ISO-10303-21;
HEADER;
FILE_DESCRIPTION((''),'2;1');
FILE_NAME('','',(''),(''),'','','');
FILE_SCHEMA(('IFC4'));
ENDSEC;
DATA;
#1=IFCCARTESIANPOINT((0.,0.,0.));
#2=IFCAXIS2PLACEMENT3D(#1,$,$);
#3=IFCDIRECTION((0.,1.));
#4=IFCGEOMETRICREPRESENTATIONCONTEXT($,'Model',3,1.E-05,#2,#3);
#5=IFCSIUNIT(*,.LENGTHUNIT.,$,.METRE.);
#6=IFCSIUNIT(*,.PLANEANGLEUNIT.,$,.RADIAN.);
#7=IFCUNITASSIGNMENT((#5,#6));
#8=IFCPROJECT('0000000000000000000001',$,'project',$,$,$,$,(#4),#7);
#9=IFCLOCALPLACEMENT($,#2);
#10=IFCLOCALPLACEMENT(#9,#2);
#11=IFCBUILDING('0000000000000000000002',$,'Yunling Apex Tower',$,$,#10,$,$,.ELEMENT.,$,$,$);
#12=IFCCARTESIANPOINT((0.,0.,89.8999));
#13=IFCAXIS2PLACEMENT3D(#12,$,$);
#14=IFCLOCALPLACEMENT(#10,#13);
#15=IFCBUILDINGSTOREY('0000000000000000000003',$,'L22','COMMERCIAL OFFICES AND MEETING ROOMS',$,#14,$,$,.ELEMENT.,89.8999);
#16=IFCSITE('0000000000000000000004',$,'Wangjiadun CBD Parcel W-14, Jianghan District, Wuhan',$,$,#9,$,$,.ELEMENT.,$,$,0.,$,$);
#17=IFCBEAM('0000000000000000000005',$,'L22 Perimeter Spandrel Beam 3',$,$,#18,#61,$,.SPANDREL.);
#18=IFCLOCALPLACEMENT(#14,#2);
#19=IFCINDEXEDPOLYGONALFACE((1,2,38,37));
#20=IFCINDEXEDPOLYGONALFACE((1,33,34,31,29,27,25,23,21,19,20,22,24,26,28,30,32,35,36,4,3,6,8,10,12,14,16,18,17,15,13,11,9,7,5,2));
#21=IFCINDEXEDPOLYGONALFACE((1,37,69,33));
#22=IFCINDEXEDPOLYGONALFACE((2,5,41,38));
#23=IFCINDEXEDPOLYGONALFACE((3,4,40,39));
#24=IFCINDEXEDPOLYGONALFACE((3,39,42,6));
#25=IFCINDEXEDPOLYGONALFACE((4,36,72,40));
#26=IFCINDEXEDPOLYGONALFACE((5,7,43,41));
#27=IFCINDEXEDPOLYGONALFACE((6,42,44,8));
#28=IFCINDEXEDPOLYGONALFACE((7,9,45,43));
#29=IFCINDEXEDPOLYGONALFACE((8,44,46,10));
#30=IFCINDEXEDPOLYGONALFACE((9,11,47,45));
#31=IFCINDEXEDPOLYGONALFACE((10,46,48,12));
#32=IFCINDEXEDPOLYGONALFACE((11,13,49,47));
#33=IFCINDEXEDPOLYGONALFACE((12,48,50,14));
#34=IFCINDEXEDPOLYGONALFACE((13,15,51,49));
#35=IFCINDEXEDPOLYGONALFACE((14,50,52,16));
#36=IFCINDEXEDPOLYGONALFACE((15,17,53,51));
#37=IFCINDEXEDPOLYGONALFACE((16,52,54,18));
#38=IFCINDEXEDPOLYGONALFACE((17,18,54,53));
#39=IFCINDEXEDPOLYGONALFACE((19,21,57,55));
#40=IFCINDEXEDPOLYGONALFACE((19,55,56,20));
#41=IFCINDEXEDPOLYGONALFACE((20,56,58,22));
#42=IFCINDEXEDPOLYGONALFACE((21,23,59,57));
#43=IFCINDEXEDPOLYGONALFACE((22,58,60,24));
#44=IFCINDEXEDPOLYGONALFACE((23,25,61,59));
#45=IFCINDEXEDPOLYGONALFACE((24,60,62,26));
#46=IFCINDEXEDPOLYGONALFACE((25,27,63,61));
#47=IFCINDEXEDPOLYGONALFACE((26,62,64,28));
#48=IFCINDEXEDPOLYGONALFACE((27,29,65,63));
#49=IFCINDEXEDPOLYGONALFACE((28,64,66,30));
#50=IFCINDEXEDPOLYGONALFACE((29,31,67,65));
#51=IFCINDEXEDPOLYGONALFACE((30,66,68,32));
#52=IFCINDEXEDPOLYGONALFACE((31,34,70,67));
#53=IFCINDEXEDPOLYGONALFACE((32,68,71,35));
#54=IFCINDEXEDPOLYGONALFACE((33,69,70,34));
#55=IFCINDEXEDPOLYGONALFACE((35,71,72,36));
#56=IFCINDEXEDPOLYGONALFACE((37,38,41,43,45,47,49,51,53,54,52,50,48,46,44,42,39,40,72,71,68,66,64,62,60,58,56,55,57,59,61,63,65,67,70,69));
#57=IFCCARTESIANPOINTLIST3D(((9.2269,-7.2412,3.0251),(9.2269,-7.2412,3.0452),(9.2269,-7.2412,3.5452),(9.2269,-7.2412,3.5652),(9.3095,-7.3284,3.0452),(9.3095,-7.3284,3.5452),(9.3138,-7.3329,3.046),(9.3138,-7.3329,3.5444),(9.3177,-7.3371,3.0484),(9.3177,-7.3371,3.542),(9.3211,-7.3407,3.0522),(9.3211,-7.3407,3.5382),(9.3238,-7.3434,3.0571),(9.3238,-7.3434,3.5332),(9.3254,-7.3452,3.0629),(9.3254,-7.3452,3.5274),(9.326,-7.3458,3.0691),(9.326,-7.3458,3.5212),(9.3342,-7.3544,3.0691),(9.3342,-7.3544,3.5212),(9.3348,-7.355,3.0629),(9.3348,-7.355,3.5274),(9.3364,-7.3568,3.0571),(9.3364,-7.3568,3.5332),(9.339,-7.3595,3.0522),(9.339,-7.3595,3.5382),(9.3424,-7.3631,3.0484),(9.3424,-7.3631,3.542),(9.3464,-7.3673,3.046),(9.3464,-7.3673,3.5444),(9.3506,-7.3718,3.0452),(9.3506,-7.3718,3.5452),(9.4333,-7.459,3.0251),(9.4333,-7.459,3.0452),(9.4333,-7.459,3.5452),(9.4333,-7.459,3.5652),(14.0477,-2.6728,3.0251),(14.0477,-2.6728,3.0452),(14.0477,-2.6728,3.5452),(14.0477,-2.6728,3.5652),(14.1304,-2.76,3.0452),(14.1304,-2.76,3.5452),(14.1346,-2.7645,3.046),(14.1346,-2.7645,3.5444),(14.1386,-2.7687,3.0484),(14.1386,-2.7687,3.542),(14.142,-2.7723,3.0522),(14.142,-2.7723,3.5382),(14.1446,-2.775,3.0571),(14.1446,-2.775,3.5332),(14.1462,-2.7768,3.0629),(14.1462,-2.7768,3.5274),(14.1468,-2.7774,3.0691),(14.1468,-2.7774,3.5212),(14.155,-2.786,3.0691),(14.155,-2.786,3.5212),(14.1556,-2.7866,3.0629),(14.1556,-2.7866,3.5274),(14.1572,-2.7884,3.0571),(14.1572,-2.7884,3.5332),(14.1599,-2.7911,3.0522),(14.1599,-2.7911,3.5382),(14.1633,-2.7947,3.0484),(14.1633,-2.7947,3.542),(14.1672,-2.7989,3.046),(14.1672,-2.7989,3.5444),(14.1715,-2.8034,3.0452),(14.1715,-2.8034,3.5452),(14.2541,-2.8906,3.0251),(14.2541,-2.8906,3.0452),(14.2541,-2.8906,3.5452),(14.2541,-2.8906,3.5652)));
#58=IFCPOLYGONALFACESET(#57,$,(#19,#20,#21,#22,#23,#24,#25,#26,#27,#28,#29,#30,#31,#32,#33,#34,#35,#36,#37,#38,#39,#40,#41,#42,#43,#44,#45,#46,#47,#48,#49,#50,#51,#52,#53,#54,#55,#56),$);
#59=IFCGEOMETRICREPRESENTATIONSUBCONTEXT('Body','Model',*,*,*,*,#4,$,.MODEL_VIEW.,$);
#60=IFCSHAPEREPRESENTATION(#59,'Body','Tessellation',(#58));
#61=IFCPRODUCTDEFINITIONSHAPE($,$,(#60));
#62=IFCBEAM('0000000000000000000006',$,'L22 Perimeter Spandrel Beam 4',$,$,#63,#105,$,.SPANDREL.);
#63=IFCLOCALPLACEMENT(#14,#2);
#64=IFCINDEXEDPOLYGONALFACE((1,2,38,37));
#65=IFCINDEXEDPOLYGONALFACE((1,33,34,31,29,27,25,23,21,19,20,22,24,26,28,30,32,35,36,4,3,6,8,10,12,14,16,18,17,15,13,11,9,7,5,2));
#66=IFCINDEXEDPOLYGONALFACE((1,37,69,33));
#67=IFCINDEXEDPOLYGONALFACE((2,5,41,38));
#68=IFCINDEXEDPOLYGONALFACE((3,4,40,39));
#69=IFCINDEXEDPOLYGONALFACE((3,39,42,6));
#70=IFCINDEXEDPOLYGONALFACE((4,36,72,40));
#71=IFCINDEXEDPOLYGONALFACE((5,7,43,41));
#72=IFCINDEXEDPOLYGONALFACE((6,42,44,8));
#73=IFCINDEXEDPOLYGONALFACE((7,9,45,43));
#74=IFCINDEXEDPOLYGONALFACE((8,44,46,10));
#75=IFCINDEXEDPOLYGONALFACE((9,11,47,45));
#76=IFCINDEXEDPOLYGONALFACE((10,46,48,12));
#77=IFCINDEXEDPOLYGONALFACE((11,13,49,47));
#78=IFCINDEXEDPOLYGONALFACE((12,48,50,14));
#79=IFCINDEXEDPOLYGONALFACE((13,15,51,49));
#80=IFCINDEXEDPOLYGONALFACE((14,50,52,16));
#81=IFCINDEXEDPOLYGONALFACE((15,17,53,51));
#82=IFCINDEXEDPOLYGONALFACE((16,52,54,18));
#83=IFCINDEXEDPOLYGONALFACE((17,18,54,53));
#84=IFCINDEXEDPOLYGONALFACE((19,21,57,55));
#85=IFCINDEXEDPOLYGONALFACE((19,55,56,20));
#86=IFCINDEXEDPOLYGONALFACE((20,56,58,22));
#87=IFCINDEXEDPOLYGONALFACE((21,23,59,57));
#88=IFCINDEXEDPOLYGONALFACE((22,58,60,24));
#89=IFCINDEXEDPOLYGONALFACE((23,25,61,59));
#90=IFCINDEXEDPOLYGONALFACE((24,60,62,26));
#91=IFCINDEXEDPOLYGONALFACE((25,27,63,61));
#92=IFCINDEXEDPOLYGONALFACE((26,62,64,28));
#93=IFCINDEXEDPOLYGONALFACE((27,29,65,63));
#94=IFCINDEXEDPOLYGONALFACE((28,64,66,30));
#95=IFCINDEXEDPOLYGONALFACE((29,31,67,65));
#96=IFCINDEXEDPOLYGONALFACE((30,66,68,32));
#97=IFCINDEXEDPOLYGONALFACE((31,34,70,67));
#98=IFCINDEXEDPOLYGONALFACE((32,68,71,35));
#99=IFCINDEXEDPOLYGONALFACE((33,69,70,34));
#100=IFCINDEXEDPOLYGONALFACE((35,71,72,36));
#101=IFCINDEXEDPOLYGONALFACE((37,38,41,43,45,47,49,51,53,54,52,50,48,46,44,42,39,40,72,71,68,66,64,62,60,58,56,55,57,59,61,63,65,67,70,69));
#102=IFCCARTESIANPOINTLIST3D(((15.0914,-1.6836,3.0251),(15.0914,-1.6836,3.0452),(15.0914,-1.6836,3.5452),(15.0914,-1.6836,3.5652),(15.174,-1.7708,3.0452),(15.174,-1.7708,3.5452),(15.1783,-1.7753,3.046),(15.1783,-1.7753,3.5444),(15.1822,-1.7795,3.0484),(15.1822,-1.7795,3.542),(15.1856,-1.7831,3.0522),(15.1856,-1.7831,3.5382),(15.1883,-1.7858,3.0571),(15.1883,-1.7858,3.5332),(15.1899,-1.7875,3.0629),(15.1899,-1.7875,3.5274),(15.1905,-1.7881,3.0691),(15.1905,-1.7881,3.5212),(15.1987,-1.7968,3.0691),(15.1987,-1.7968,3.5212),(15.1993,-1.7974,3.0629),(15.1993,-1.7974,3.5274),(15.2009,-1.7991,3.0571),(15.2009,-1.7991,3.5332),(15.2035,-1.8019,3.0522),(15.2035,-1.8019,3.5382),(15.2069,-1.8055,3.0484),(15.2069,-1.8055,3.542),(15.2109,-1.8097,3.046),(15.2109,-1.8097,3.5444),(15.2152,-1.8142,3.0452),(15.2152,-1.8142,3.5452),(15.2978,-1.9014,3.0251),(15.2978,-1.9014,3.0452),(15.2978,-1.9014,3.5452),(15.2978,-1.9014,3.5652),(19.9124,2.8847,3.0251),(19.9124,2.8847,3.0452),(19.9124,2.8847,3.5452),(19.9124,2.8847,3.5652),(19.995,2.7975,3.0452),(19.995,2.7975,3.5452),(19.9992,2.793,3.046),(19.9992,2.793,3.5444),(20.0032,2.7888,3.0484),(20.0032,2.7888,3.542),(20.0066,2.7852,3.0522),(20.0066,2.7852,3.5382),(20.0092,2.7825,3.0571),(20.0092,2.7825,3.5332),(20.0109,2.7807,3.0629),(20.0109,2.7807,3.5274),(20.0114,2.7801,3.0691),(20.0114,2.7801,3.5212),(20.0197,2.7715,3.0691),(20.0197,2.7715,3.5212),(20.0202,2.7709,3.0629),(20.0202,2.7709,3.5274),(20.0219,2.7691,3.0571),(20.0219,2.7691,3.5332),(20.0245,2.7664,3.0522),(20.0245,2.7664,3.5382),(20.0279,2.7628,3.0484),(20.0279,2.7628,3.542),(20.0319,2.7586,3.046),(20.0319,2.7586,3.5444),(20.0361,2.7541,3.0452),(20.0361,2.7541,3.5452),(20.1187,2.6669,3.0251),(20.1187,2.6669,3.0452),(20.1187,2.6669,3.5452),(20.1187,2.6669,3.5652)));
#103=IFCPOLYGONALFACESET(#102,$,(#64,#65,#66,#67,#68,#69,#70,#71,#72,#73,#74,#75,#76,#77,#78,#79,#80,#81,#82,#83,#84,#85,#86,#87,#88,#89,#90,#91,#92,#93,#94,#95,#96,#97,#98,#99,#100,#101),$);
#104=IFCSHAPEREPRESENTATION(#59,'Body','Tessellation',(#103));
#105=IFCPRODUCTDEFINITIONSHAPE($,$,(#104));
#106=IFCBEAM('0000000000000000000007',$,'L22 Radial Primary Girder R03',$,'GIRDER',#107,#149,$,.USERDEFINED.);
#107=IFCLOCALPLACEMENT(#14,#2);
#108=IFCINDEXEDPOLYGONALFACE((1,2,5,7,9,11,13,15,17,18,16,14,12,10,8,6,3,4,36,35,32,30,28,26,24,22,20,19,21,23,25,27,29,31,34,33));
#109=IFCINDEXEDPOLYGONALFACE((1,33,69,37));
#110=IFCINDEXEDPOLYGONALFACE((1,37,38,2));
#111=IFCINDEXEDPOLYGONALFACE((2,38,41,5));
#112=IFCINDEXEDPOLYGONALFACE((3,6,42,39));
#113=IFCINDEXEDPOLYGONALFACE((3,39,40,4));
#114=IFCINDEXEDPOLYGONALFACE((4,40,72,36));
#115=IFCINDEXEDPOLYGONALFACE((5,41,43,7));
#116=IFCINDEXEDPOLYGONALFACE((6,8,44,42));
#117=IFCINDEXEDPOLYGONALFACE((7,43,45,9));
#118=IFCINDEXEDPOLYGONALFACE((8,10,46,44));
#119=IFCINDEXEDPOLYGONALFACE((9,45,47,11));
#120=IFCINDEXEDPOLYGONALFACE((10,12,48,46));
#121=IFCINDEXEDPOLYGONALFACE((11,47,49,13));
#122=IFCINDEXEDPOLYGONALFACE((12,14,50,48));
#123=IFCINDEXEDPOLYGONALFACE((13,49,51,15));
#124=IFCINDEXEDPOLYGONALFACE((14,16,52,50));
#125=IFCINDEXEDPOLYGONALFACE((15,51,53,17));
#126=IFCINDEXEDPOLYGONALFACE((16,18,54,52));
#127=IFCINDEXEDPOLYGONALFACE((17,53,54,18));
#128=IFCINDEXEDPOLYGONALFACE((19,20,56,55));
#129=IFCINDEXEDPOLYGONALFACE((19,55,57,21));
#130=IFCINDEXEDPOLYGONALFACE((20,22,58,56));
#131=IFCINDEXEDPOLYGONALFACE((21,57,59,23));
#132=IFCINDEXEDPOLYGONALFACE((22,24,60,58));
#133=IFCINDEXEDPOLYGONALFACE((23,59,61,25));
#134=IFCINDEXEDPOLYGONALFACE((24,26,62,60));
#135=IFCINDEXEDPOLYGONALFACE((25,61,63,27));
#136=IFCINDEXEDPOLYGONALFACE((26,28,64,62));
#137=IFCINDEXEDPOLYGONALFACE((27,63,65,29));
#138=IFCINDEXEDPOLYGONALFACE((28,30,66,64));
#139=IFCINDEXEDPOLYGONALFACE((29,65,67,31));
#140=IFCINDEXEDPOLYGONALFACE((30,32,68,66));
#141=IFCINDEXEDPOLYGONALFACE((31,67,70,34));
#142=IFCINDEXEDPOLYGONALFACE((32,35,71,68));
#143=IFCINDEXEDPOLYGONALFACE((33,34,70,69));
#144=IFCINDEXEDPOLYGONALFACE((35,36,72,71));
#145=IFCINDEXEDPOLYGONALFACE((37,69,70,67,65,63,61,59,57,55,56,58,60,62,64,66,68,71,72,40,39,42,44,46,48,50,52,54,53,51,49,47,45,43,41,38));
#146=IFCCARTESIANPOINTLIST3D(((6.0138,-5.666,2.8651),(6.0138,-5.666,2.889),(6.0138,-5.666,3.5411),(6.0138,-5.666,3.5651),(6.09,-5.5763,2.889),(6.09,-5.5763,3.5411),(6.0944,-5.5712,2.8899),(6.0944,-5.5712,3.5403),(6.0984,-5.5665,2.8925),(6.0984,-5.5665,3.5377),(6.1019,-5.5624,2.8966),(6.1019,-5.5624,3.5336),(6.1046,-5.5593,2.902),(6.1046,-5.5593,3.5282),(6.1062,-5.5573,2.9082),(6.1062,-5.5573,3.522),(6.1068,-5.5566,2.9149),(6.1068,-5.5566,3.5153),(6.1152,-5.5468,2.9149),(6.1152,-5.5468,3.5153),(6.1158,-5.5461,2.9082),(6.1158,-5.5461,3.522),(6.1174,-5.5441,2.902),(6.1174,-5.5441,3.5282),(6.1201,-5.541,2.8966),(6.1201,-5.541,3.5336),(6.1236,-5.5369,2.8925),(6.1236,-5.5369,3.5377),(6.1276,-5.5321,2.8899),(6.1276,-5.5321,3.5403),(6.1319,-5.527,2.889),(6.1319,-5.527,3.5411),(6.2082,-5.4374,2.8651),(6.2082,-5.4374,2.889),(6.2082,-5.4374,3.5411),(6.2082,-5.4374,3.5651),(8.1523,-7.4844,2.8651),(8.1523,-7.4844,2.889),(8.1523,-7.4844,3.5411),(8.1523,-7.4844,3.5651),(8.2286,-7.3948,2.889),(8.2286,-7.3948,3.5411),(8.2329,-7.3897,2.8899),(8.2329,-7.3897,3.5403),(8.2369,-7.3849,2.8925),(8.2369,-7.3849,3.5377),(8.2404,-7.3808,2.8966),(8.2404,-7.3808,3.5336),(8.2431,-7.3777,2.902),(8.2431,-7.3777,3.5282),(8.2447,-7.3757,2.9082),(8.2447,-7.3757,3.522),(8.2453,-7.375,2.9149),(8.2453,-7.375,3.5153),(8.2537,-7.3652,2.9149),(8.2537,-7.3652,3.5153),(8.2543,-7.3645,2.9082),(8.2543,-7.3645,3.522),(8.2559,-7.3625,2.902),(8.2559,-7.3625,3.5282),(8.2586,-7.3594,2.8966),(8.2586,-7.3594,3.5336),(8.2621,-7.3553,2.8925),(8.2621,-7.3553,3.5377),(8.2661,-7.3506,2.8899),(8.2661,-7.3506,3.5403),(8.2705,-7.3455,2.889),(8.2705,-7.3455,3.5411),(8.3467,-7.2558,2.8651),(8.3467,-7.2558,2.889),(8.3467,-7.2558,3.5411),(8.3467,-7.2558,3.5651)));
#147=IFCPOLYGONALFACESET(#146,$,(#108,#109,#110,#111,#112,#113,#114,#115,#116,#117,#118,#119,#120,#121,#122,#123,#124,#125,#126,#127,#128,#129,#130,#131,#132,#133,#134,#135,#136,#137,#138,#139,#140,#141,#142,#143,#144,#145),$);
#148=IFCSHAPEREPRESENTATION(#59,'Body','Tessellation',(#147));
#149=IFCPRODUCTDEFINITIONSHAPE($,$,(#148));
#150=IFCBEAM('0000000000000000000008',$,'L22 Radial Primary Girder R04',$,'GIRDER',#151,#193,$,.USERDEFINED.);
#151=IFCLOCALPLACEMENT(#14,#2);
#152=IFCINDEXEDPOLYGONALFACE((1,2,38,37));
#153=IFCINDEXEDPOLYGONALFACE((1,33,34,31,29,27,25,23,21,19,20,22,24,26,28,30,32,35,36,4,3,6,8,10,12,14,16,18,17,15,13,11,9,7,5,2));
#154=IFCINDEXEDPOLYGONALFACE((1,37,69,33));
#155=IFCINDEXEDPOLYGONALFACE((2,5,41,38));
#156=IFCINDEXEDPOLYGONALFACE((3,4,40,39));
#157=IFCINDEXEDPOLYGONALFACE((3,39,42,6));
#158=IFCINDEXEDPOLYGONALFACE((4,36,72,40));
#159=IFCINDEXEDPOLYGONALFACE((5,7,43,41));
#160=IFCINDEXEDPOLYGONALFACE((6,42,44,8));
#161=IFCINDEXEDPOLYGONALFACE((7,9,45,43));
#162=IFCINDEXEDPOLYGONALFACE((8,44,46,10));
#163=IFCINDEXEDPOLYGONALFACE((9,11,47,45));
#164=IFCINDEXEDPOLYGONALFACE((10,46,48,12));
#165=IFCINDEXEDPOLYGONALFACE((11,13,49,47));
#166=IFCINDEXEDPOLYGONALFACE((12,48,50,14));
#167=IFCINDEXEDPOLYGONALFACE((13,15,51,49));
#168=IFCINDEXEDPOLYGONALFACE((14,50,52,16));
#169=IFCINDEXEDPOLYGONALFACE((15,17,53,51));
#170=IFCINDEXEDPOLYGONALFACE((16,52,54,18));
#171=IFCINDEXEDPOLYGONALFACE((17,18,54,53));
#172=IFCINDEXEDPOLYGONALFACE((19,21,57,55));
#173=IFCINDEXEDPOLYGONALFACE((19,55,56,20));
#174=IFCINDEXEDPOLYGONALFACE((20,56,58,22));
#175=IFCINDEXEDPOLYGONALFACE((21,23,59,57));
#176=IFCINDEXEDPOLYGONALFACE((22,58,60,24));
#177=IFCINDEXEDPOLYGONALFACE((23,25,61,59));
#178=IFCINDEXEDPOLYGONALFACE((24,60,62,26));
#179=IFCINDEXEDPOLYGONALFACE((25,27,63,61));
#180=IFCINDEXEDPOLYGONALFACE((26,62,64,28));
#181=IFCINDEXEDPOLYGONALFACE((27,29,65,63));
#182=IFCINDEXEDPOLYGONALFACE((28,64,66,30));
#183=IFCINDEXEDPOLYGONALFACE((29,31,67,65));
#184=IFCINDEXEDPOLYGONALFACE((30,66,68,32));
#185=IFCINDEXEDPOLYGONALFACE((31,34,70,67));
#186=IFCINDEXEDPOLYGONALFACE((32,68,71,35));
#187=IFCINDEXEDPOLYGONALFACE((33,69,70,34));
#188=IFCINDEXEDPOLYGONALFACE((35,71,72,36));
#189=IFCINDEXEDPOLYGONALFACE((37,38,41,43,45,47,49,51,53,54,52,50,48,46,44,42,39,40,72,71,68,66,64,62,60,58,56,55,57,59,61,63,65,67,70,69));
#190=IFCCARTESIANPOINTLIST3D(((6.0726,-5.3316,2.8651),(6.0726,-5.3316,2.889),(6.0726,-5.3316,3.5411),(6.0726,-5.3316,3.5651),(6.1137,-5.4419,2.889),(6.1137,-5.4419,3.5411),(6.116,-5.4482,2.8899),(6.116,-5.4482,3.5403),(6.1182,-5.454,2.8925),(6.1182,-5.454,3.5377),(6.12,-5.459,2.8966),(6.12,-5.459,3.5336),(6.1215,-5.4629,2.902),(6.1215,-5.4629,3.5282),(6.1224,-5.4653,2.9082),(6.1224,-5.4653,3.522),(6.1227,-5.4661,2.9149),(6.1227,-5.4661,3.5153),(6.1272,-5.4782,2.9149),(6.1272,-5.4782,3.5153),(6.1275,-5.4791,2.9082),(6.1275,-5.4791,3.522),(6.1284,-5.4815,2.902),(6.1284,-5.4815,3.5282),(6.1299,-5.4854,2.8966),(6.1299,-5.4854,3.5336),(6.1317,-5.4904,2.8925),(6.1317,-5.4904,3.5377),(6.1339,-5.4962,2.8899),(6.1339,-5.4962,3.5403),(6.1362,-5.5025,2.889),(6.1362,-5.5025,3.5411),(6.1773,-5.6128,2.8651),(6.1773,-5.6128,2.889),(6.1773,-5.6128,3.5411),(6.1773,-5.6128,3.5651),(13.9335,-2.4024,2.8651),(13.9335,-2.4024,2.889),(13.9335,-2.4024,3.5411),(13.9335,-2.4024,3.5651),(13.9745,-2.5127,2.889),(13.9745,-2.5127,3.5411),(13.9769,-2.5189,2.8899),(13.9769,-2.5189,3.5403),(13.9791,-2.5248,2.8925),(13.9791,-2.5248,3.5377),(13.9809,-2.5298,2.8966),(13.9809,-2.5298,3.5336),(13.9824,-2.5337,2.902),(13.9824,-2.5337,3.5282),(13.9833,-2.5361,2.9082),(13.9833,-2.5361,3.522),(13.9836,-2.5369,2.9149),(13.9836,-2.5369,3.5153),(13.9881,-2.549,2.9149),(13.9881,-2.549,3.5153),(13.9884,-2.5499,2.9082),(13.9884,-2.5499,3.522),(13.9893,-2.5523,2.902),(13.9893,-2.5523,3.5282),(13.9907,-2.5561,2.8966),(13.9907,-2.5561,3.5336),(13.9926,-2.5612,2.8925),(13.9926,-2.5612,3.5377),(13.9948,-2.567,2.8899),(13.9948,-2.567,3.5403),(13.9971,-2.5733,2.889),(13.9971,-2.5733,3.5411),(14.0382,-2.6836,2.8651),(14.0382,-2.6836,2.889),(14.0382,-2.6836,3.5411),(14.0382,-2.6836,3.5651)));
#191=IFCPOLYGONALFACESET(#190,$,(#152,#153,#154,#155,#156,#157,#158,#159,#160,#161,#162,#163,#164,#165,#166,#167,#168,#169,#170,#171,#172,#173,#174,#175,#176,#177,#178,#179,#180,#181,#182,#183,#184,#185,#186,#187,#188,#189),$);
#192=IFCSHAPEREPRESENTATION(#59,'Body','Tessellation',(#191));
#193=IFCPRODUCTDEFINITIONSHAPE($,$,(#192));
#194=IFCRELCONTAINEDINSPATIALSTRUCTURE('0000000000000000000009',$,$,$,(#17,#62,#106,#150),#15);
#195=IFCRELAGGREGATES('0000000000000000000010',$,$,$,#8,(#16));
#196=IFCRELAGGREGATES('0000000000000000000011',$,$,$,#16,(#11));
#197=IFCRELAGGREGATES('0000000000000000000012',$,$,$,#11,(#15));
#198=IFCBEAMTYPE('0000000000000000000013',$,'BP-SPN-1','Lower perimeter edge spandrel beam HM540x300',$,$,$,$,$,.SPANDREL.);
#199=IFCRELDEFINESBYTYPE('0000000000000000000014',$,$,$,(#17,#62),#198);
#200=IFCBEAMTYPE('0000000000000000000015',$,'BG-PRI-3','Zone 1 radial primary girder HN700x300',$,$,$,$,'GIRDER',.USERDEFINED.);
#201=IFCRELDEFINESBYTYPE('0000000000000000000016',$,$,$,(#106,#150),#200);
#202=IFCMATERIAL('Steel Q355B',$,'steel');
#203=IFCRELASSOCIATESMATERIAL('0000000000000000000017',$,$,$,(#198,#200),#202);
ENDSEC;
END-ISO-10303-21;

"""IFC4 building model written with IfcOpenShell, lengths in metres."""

from ifc_helpers import new_model, si_unit, direction, frame, origin, origin_2d, place, context, subcontext, project, spatial, i_section, extrude, source, transform, mapped, material, material_profile, profile_set, type_object, element, save


model = new_model("IFC4")

# Units and contexts
model_context = context("Model", 3, precision=1e-05, world=origin(), true_north=direction((0.0, 1.0)))
body_context = subcontext(model_context, "Body", "Model", "MODEL_VIEW")
ifc_project = project(units=[si_unit("LENGTHUNIT", "METRE"), si_unit("PLANEANGLEUNIT", "RADIAN")], contexts=[model_context])

# Site, building, storey
site_placement = place(None, origin())
site = spatial("IfcSite", under=ifc_project, at=site_placement, Name="Wangjiadun CBD Parcel W-14, Jianghan District, Wuhan", CompositionType="ELEMENT", RefElevation=0.0)
building_placement = place(site_placement, origin())
building = spatial("IfcBuilding", under=site, at=building_placement, Name="Yunling Apex Tower", CompositionType="ELEMENT")
storey_placement = place(building_placement, frame((0.0, 0.0, 89.8999)))
storey = spatial("IfcBuildingStorey", under=building, at=storey_placement, Name="L22", Description="COMMERCIAL OFFICES AND MEETING ROOMS", CompositionType="ELEMENT", Elevation=89.8999)

# Beams
ifc_material_1 = material(Name="Steel Q355B", Category="steel")
ifc_material_profile_1 = material_profile(ifc_material_1, i_section(OverallWidth=0.3, OverallDepth=0.54, WebThickness=0.012, FlangeThickness=0.02, FilletRadius=0.0239, at=origin_2d()))
ifc_profile_set_1 = profile_set([ifc_material_profile_1], Name="Steel Q355B")
beam_type_1 = type_object("IfcBeamType", Name="BP-SPN-1", Description="Lower perimeter edge spandrel beam HM540x300", PredefinedType="SPANDREL", material=ifc_profile_set_1)
shared_shape_1 = source(origin(), body_context, "Body", "SweptSolid", [
    extrude(i_section(OverallWidth=0.3, OverallDepth=0.54, WebThickness=0.012, FlangeThickness=0.02, FilletRadius=0.0239, at=origin_2d()), origin(), (0.0, 0.0, 1.0), 6.6416),
])
for number, where, z_axis, x_axis, name in (
    (1, (9.3301, -7.3501, 3.2952), (0.725856, 0.687847, 0.0), (-0.687847, 0.725856, 0.0), "L22 Perimeter Spandrel Beam 3"),
    (2, (15.1946, -1.7925, 3.2952), (0.725873, 0.687828, 0.0), (-0.687828, 0.725873, 0.0), "L22 Perimeter Spandrel Beam 4"),
):
    element("IfcBeam", number, at=place(storey_placement, frame(where, z_axis=z_axis, x_axis=x_axis)), inside=storey, type_object=beam_type_1, Name=name, PredefinedType="SPANDREL", context=body_context, shape_type="MappedRepresentation", body=[
        mapped(shared_shape_1, transform((0.0, 0.0, 0.0), scale=1.0)),
    ])
ifc_material_profile_2 = material_profile(ifc_material_1, i_section(OverallWidth=0.3, OverallDepth=0.7, WebThickness=0.0129, FlangeThickness=0.0239, FilletRadius=0.0259, at=origin_2d()))
ifc_profile_set_2 = profile_set([ifc_material_profile_2], Name="Steel Q355B")
beam_type_2 = type_object("IfcBeamType", Name="BG-PRI-3", Description="Zone 1 radial primary girder HN700x300", ElementType="GIRDER", PredefinedType="USERDEFINED", material=ifc_profile_set_2)
shared_shape_2 = source(origin(), body_context, "Body", "SweptSolid", [
    extrude(i_section(OverallWidth=0.3, OverallDepth=0.7, WebThickness=0.0129, FlangeThickness=0.0239, FilletRadius=0.0259, at=origin_2d()), origin(), (0.0, 0.0, 1.0), 2.8071),
])
beam_1_placement = place(storey_placement, frame((8.2495, -7.3701, 3.2151), z_axis=(-0.761817, 0.647792, 0.0), x_axis=(-0.647792, -0.761817, 0.0)))
element("IfcBeam", 3, at=beam_1_placement, inside=storey, type_object=beam_type_2, Name="L22 Radial Primary Girder R03", ObjectType="GIRDER", PredefinedType="USERDEFINED", context=body_context, shape_type="MappedRepresentation", body=[
    mapped(shared_shape_2, transform((0.0, 0.0, 0.0), scale=1.0)),
])
shared_shape_3 = source(origin(), body_context, "Body", "SweptSolid", [
    extrude(i_section(OverallWidth=0.3, OverallDepth=0.7, WebThickness=0.0129, FlangeThickness=0.0239, FilletRadius=0.0259, at=origin_2d()), origin(), (0.0, 0.0, 1.0), 8.3889),
])
beam_2_placement = place(storey_placement, frame((13.9858, -2.543, 3.2151), z_axis=(-0.937057, -0.349177, 0.0), x_axis=(0.349177, -0.937057, 0.0)))
element("IfcBeam", 4, at=beam_2_placement, inside=storey, type_object=beam_type_2, Name="L22 Radial Primary Girder R04", ObjectType="GIRDER", PredefinedType="USERDEFINED", context=body_context, shape_type="MappedRepresentation", body=[
    mapped(shared_shape_3, transform((0.0, 0.0, 0.0), scale=1.0)),
])

save(model, "model.ifc")
